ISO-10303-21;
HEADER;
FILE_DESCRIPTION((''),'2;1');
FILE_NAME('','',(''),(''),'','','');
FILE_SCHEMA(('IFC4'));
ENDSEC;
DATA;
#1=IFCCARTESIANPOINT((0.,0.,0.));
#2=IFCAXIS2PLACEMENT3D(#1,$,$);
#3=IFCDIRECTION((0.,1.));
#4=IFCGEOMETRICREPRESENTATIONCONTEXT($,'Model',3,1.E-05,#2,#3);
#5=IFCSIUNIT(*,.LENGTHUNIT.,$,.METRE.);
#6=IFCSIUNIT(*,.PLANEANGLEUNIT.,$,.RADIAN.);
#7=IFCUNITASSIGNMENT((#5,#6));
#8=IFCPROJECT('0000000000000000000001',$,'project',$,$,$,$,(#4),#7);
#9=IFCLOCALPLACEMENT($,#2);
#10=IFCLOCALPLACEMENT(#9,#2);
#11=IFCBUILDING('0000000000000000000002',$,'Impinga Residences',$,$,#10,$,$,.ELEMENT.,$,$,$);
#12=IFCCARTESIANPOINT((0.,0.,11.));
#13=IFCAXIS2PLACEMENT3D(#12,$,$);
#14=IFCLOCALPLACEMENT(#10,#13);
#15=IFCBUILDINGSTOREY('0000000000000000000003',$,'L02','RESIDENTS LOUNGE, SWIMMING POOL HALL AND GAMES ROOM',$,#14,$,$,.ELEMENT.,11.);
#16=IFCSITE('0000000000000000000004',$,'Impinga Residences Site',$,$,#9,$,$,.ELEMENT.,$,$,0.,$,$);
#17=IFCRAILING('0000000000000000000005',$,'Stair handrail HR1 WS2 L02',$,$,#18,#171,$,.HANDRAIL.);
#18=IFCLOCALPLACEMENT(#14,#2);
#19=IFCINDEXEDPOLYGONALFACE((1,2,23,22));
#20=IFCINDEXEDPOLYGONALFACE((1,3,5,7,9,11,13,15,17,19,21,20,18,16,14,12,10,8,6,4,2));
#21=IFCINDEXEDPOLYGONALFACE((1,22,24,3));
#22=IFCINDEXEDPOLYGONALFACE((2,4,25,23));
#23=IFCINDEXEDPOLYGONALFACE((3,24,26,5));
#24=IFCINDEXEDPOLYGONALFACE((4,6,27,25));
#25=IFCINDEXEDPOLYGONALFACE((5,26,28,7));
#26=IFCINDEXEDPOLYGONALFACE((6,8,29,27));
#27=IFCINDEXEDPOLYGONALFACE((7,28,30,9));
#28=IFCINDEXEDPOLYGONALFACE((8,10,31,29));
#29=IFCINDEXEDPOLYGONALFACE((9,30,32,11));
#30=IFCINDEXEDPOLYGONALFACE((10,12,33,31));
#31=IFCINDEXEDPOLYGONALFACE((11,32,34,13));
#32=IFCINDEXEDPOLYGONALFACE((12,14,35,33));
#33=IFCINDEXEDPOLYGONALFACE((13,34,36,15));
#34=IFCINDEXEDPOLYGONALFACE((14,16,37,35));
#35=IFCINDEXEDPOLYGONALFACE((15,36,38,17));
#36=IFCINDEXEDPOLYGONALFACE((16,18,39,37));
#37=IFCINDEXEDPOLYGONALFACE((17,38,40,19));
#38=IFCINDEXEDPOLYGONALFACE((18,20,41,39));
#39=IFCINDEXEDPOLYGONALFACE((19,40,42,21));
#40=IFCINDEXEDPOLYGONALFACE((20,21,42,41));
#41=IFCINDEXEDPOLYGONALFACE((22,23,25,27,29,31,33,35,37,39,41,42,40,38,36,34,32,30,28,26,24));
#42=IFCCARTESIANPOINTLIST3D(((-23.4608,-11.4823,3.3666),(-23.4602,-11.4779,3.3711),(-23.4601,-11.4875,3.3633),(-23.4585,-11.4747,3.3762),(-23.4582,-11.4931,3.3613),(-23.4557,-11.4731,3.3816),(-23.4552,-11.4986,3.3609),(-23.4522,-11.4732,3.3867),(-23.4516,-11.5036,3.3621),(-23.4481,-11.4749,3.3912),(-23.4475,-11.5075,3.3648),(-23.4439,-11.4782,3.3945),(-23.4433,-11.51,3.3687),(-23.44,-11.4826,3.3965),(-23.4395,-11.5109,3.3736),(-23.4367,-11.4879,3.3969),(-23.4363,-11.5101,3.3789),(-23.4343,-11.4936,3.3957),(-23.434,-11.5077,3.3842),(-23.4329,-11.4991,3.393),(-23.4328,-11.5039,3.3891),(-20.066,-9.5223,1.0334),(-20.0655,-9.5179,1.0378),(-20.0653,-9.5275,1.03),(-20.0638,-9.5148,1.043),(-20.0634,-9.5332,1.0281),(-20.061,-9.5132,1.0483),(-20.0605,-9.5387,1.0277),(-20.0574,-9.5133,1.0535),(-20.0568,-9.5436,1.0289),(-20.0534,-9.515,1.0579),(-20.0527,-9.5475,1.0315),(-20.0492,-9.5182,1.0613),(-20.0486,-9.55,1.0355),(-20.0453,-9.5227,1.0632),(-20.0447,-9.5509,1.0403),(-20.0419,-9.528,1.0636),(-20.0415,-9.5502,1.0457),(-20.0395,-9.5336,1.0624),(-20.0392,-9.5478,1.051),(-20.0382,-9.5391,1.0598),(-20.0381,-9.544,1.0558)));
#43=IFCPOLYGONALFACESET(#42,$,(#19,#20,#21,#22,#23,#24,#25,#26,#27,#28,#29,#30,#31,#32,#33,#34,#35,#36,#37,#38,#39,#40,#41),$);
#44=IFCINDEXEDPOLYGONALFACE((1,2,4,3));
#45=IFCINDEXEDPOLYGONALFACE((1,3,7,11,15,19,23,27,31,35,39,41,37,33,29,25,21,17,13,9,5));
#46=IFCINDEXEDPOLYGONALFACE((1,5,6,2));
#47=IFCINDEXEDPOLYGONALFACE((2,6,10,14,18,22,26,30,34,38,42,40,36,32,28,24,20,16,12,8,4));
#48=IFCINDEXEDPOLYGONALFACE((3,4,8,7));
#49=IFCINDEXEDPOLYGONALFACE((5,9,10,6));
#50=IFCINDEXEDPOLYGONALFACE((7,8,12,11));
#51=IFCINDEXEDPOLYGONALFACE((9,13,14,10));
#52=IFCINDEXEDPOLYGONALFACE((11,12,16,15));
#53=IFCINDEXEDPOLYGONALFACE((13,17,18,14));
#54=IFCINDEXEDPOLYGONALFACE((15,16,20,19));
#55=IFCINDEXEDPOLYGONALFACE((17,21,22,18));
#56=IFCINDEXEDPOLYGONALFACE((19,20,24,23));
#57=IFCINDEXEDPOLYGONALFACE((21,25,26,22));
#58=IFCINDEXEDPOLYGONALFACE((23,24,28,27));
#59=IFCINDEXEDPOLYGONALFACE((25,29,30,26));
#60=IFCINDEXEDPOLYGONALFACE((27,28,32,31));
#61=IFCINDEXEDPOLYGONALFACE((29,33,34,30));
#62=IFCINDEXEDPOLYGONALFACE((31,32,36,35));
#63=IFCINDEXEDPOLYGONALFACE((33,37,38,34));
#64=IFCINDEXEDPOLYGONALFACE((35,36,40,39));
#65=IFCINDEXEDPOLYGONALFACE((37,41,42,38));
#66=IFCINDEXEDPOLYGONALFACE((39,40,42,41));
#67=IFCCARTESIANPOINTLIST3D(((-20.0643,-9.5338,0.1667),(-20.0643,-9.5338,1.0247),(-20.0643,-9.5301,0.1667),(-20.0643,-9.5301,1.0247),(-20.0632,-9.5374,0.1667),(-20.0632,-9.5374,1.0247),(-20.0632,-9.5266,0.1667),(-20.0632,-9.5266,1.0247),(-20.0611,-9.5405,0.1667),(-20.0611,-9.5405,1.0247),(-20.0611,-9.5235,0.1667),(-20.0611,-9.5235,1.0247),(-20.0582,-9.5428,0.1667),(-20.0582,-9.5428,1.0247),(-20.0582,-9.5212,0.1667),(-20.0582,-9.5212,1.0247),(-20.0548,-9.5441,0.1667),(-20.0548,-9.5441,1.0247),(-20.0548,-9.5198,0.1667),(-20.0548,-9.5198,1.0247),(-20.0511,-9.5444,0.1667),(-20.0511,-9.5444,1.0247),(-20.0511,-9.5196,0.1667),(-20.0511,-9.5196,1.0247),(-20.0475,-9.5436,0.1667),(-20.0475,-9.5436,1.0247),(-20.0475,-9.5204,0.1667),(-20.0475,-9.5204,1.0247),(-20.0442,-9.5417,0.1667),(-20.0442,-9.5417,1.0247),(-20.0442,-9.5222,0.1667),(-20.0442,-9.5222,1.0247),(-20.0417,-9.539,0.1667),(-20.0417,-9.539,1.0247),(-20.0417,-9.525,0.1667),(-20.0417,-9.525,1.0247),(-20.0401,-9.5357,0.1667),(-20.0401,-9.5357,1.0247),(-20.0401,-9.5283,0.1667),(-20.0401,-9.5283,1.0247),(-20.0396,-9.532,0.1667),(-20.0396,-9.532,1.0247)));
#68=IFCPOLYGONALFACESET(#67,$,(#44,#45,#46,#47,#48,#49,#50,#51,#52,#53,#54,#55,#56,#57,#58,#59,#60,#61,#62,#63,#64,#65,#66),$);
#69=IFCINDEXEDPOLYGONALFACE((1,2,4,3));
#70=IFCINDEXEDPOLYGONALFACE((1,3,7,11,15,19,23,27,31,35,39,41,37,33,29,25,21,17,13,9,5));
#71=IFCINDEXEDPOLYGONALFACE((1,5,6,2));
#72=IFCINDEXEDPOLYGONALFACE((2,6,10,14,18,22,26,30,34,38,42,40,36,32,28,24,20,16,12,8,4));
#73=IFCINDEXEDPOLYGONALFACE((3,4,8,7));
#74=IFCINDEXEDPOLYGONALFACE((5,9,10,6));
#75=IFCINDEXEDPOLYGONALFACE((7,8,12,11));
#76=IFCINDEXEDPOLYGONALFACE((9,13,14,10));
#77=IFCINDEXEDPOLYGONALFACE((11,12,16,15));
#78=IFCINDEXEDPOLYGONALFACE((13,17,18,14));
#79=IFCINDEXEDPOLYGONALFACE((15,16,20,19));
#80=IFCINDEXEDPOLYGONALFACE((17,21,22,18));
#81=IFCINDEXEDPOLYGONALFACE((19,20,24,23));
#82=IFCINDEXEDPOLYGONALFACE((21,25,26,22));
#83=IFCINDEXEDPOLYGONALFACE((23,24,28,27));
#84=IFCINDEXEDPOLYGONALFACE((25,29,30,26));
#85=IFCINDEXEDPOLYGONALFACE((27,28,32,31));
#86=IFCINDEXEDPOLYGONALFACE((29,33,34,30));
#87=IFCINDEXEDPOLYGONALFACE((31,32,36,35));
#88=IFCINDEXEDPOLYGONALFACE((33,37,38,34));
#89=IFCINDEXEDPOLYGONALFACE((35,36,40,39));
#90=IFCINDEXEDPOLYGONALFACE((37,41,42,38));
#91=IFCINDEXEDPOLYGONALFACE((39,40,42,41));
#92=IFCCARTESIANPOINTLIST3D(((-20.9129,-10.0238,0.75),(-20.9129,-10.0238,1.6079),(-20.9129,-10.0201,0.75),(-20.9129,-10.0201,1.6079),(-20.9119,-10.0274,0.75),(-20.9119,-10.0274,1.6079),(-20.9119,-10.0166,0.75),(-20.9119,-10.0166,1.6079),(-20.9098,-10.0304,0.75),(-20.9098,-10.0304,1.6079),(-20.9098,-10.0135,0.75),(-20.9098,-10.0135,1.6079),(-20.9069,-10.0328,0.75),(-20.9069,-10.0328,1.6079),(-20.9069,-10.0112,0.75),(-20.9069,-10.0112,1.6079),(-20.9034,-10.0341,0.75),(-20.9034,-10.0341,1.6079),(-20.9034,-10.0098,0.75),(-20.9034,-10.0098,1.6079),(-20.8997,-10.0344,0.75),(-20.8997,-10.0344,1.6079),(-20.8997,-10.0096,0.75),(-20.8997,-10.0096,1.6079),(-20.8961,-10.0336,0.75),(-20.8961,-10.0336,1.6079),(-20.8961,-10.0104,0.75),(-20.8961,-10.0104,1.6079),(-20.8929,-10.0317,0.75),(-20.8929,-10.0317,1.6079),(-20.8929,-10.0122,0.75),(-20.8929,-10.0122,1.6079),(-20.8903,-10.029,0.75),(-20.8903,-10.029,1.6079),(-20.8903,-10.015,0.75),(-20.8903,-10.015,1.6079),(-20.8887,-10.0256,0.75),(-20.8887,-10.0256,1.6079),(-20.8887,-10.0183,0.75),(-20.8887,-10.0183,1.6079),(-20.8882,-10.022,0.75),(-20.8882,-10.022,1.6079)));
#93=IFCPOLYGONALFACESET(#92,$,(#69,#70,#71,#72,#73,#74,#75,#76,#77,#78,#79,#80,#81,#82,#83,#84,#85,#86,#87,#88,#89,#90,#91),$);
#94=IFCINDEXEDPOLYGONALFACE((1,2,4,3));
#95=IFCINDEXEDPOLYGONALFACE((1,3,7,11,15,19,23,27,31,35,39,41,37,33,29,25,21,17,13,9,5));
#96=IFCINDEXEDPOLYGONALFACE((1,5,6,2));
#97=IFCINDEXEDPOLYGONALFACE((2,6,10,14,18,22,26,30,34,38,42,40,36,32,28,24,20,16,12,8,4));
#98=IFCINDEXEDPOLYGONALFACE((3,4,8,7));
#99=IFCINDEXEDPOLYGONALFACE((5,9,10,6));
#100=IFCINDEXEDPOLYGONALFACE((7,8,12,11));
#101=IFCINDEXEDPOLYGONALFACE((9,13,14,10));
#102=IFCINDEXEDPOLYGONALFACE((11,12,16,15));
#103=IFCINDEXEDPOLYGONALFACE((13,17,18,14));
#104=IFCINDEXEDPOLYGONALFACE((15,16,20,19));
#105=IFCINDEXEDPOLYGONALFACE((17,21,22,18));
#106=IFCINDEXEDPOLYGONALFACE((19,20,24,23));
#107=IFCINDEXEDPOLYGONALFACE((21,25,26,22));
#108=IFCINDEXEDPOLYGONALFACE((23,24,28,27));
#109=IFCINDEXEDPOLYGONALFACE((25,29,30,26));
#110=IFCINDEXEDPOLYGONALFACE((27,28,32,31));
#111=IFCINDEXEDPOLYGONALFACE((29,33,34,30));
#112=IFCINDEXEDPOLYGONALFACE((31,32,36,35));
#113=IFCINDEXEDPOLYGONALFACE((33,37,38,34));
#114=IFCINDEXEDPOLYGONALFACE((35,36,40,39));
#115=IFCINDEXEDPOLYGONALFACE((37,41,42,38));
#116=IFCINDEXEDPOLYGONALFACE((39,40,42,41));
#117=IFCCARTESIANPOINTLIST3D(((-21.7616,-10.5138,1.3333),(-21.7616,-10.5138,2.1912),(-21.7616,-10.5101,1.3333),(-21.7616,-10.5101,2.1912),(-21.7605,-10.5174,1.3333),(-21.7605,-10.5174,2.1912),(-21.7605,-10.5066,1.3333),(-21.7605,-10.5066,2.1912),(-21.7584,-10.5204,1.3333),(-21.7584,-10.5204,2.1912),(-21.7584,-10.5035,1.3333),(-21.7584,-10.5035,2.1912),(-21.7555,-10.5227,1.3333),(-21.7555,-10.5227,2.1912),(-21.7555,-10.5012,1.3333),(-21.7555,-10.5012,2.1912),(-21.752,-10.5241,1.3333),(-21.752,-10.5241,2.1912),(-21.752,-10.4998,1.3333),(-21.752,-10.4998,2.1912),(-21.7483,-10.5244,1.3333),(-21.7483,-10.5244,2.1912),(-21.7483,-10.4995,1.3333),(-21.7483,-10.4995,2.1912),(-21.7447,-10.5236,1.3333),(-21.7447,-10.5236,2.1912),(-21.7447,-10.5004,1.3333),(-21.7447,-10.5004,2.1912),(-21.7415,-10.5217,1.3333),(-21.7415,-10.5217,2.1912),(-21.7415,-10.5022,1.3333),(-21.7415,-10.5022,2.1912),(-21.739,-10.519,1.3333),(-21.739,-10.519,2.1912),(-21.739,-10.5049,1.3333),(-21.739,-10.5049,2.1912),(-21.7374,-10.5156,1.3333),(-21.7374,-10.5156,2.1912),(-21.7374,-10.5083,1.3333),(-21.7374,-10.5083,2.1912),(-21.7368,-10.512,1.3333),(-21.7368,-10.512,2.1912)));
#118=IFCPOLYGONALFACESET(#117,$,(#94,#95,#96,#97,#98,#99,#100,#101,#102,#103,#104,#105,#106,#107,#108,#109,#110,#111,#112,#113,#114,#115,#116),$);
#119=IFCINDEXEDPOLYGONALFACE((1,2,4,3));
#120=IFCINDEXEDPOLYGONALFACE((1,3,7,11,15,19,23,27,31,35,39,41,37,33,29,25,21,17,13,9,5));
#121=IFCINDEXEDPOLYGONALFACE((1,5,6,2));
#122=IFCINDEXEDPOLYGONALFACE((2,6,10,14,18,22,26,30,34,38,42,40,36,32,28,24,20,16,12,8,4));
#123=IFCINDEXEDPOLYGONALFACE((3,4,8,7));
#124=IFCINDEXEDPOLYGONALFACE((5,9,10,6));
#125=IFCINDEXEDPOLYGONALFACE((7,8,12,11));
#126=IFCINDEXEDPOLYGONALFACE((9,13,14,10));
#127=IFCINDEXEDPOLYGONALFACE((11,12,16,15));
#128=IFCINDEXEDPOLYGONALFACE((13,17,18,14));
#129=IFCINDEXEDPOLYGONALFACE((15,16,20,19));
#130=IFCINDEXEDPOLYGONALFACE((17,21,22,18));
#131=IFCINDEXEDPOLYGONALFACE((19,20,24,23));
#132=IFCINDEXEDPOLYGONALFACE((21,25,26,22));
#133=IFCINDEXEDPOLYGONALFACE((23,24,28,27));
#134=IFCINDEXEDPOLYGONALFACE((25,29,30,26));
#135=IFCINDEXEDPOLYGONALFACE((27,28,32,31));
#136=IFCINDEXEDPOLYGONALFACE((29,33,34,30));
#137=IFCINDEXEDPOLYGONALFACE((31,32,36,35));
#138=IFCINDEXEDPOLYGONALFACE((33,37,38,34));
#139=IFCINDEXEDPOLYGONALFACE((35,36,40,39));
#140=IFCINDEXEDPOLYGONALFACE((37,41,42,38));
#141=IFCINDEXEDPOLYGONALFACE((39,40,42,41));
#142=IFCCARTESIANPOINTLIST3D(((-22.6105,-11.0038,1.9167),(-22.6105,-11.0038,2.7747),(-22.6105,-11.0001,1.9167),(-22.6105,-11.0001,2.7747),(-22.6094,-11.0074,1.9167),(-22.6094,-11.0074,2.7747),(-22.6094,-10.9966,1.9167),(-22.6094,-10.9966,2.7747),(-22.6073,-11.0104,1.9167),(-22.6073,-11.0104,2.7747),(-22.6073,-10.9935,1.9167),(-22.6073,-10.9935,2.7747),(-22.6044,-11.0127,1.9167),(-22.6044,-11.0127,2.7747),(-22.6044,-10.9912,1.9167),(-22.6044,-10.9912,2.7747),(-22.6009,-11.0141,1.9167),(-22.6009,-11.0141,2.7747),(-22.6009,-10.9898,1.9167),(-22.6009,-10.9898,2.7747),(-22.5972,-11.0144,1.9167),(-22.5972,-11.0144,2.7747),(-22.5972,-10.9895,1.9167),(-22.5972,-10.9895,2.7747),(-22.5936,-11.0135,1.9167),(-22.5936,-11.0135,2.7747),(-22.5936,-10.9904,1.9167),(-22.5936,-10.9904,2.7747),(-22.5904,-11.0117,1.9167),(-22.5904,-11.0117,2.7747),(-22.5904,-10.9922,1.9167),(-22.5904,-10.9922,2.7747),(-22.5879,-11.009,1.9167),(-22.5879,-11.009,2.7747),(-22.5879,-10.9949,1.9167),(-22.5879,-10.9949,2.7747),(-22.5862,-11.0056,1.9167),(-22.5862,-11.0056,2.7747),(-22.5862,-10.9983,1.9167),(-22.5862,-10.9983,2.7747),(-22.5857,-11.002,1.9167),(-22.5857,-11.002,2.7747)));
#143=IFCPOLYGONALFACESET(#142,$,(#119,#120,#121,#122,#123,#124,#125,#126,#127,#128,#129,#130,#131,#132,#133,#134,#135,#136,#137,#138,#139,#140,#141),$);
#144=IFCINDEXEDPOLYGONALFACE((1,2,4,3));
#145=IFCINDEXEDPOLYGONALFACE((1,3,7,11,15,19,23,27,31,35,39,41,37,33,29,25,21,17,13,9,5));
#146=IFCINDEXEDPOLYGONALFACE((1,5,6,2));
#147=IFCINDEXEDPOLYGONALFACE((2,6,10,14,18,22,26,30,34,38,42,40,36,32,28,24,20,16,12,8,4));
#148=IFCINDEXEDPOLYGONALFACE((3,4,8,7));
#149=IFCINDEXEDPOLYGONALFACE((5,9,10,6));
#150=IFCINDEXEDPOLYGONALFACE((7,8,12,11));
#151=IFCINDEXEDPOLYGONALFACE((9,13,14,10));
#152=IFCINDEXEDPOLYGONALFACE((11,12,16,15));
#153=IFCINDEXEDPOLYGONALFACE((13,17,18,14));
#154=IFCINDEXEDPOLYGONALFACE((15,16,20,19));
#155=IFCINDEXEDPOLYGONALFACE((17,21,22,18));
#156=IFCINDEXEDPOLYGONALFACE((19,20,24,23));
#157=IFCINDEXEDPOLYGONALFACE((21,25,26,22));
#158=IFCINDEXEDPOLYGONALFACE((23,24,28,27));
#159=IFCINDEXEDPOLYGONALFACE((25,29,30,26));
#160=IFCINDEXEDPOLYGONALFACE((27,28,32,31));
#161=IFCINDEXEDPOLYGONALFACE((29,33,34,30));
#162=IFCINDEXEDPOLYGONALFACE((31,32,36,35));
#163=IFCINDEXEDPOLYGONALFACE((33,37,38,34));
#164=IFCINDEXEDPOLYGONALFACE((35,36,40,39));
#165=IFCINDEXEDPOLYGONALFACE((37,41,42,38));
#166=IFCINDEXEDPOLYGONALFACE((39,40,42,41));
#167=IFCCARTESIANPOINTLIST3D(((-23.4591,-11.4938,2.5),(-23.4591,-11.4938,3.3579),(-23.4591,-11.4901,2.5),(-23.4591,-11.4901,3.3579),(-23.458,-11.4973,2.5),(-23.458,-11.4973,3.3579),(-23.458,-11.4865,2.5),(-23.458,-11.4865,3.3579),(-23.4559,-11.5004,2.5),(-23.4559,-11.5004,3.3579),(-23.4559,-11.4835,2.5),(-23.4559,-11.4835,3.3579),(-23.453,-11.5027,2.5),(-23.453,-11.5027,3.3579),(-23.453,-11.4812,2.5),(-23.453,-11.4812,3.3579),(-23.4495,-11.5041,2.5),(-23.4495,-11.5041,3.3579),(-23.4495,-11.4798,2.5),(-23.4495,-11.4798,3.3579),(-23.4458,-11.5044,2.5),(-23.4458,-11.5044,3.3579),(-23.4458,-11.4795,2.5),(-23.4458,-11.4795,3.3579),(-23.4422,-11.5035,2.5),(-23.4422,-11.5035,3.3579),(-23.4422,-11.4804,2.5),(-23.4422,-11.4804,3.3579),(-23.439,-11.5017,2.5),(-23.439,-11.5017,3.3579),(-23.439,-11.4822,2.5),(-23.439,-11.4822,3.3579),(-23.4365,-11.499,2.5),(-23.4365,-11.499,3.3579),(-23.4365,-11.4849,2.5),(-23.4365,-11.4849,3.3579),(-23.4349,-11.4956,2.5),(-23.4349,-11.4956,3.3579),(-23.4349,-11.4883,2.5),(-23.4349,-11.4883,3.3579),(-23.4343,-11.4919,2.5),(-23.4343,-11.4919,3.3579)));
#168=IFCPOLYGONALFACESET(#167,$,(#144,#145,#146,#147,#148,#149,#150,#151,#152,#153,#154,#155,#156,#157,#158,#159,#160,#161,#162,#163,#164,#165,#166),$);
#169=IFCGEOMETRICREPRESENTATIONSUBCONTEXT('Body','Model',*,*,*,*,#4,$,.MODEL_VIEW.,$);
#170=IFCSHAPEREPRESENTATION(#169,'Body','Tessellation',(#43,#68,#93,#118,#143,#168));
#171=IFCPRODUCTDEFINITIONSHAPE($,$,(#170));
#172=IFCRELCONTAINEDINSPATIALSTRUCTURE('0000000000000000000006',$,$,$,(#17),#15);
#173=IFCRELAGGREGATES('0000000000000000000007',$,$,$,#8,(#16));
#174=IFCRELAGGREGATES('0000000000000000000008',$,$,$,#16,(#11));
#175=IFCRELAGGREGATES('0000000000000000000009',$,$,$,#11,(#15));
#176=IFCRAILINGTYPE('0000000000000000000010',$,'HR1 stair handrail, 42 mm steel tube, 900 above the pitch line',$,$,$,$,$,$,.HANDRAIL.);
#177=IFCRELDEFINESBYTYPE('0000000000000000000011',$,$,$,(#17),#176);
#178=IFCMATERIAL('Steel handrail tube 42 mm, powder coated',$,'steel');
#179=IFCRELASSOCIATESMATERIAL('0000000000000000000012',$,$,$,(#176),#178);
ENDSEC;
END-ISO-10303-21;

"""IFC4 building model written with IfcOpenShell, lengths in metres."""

from ifc_helpers import new_model, si_unit, direction, frame, origin, origin_2d, place, context, subcontext, project, spatial, circle, extrude, material, type_object, element, save


model = new_model("IFC4")

# Units and contexts
model_context = context("Model", 3, precision=1e-05, world=origin(), true_north=direction((0.0, 1.0)))
body_context = subcontext(model_context, "Body", "Model", "MODEL_VIEW")
ifc_project = project(units=[si_unit("LENGTHUNIT", "METRE"), si_unit("PLANEANGLEUNIT", "RADIAN")], contexts=[model_context])

# Site, building, storey
site_placement = place(None, origin())
site = spatial("IfcSite", under=ifc_project, at=site_placement, Name="Impinga Residences Site", CompositionType="ELEMENT", RefElevation=0.0)
building_placement = place(site_placement, origin())
building = spatial("IfcBuilding", under=site, at=building_placement, Name="Impinga Residences", CompositionType="ELEMENT")
storey_placement = place(building_placement, frame((0.0, 0.0, 11.0)))
storey = spatial("IfcBuildingStorey", under=building, at=storey_placement, Name="L02", Description="RESIDENTS LOUNGE, SWIMMING POOL HALL AND GAMES ROOM", CompositionType="ELEMENT", Elevation=11.0)

# Railing
ifc_material_1 = material(Name="Steel handrail tube 42 mm, powder coated", Category="steel")
railing_type_1 = type_object("IfcRailingType", Name="HR1 stair handrail, 42 mm steel tube, 900 above the pitch line", PredefinedType="HANDRAIL", material=ifc_material_1)
railing_1_placement = place(storey_placement, frame((-20.052, -9.532, 0.1667)))
element("IfcRailing", 1, at=railing_1_placement, inside=storey, type_object=railing_type_1, Name="Stair handrail HR1 WS2 L02", PredefinedType="HANDRAIL", context=body_context, shape_type="SweptSolid", body=[
    extrude(circle(Radius=0.021, at=origin_2d()), frame((0.0, 0.0, 0.8789), z_axis=(-0.744175, -0.429646, 0.511476), x_axis=(0.499997, -0.866027, 0.0)), (0.0, 0.0, 1.0), 4.5618),
    extrude(circle(Radius=0.0125, at=origin_2d()), origin(), (0.0, 0.0, 1.0), 0.8579),
    extrude(circle(Radius=0.0125, at=origin_2d()), frame((-0.8486, -0.49, 0.5833)), (0.0, 0.0, 1.0), 0.8579),
    extrude(circle(Radius=0.0125, at=origin_2d()), frame((-1.6973, -0.98, 1.1665)), (0.0, 0.0, 1.0), 0.8579),
    extrude(circle(Radius=0.0125, at=origin_2d()), frame((-2.5461, -1.47, 1.75)), (0.0, 0.0, 1.0), 0.8579),
    extrude(circle(Radius=0.0125, at=origin_2d()), frame((-3.3948, -1.96, 2.3333)), (0.0, 0.0, 1.0), 0.8579),
])

save(model, "model.ifc")
